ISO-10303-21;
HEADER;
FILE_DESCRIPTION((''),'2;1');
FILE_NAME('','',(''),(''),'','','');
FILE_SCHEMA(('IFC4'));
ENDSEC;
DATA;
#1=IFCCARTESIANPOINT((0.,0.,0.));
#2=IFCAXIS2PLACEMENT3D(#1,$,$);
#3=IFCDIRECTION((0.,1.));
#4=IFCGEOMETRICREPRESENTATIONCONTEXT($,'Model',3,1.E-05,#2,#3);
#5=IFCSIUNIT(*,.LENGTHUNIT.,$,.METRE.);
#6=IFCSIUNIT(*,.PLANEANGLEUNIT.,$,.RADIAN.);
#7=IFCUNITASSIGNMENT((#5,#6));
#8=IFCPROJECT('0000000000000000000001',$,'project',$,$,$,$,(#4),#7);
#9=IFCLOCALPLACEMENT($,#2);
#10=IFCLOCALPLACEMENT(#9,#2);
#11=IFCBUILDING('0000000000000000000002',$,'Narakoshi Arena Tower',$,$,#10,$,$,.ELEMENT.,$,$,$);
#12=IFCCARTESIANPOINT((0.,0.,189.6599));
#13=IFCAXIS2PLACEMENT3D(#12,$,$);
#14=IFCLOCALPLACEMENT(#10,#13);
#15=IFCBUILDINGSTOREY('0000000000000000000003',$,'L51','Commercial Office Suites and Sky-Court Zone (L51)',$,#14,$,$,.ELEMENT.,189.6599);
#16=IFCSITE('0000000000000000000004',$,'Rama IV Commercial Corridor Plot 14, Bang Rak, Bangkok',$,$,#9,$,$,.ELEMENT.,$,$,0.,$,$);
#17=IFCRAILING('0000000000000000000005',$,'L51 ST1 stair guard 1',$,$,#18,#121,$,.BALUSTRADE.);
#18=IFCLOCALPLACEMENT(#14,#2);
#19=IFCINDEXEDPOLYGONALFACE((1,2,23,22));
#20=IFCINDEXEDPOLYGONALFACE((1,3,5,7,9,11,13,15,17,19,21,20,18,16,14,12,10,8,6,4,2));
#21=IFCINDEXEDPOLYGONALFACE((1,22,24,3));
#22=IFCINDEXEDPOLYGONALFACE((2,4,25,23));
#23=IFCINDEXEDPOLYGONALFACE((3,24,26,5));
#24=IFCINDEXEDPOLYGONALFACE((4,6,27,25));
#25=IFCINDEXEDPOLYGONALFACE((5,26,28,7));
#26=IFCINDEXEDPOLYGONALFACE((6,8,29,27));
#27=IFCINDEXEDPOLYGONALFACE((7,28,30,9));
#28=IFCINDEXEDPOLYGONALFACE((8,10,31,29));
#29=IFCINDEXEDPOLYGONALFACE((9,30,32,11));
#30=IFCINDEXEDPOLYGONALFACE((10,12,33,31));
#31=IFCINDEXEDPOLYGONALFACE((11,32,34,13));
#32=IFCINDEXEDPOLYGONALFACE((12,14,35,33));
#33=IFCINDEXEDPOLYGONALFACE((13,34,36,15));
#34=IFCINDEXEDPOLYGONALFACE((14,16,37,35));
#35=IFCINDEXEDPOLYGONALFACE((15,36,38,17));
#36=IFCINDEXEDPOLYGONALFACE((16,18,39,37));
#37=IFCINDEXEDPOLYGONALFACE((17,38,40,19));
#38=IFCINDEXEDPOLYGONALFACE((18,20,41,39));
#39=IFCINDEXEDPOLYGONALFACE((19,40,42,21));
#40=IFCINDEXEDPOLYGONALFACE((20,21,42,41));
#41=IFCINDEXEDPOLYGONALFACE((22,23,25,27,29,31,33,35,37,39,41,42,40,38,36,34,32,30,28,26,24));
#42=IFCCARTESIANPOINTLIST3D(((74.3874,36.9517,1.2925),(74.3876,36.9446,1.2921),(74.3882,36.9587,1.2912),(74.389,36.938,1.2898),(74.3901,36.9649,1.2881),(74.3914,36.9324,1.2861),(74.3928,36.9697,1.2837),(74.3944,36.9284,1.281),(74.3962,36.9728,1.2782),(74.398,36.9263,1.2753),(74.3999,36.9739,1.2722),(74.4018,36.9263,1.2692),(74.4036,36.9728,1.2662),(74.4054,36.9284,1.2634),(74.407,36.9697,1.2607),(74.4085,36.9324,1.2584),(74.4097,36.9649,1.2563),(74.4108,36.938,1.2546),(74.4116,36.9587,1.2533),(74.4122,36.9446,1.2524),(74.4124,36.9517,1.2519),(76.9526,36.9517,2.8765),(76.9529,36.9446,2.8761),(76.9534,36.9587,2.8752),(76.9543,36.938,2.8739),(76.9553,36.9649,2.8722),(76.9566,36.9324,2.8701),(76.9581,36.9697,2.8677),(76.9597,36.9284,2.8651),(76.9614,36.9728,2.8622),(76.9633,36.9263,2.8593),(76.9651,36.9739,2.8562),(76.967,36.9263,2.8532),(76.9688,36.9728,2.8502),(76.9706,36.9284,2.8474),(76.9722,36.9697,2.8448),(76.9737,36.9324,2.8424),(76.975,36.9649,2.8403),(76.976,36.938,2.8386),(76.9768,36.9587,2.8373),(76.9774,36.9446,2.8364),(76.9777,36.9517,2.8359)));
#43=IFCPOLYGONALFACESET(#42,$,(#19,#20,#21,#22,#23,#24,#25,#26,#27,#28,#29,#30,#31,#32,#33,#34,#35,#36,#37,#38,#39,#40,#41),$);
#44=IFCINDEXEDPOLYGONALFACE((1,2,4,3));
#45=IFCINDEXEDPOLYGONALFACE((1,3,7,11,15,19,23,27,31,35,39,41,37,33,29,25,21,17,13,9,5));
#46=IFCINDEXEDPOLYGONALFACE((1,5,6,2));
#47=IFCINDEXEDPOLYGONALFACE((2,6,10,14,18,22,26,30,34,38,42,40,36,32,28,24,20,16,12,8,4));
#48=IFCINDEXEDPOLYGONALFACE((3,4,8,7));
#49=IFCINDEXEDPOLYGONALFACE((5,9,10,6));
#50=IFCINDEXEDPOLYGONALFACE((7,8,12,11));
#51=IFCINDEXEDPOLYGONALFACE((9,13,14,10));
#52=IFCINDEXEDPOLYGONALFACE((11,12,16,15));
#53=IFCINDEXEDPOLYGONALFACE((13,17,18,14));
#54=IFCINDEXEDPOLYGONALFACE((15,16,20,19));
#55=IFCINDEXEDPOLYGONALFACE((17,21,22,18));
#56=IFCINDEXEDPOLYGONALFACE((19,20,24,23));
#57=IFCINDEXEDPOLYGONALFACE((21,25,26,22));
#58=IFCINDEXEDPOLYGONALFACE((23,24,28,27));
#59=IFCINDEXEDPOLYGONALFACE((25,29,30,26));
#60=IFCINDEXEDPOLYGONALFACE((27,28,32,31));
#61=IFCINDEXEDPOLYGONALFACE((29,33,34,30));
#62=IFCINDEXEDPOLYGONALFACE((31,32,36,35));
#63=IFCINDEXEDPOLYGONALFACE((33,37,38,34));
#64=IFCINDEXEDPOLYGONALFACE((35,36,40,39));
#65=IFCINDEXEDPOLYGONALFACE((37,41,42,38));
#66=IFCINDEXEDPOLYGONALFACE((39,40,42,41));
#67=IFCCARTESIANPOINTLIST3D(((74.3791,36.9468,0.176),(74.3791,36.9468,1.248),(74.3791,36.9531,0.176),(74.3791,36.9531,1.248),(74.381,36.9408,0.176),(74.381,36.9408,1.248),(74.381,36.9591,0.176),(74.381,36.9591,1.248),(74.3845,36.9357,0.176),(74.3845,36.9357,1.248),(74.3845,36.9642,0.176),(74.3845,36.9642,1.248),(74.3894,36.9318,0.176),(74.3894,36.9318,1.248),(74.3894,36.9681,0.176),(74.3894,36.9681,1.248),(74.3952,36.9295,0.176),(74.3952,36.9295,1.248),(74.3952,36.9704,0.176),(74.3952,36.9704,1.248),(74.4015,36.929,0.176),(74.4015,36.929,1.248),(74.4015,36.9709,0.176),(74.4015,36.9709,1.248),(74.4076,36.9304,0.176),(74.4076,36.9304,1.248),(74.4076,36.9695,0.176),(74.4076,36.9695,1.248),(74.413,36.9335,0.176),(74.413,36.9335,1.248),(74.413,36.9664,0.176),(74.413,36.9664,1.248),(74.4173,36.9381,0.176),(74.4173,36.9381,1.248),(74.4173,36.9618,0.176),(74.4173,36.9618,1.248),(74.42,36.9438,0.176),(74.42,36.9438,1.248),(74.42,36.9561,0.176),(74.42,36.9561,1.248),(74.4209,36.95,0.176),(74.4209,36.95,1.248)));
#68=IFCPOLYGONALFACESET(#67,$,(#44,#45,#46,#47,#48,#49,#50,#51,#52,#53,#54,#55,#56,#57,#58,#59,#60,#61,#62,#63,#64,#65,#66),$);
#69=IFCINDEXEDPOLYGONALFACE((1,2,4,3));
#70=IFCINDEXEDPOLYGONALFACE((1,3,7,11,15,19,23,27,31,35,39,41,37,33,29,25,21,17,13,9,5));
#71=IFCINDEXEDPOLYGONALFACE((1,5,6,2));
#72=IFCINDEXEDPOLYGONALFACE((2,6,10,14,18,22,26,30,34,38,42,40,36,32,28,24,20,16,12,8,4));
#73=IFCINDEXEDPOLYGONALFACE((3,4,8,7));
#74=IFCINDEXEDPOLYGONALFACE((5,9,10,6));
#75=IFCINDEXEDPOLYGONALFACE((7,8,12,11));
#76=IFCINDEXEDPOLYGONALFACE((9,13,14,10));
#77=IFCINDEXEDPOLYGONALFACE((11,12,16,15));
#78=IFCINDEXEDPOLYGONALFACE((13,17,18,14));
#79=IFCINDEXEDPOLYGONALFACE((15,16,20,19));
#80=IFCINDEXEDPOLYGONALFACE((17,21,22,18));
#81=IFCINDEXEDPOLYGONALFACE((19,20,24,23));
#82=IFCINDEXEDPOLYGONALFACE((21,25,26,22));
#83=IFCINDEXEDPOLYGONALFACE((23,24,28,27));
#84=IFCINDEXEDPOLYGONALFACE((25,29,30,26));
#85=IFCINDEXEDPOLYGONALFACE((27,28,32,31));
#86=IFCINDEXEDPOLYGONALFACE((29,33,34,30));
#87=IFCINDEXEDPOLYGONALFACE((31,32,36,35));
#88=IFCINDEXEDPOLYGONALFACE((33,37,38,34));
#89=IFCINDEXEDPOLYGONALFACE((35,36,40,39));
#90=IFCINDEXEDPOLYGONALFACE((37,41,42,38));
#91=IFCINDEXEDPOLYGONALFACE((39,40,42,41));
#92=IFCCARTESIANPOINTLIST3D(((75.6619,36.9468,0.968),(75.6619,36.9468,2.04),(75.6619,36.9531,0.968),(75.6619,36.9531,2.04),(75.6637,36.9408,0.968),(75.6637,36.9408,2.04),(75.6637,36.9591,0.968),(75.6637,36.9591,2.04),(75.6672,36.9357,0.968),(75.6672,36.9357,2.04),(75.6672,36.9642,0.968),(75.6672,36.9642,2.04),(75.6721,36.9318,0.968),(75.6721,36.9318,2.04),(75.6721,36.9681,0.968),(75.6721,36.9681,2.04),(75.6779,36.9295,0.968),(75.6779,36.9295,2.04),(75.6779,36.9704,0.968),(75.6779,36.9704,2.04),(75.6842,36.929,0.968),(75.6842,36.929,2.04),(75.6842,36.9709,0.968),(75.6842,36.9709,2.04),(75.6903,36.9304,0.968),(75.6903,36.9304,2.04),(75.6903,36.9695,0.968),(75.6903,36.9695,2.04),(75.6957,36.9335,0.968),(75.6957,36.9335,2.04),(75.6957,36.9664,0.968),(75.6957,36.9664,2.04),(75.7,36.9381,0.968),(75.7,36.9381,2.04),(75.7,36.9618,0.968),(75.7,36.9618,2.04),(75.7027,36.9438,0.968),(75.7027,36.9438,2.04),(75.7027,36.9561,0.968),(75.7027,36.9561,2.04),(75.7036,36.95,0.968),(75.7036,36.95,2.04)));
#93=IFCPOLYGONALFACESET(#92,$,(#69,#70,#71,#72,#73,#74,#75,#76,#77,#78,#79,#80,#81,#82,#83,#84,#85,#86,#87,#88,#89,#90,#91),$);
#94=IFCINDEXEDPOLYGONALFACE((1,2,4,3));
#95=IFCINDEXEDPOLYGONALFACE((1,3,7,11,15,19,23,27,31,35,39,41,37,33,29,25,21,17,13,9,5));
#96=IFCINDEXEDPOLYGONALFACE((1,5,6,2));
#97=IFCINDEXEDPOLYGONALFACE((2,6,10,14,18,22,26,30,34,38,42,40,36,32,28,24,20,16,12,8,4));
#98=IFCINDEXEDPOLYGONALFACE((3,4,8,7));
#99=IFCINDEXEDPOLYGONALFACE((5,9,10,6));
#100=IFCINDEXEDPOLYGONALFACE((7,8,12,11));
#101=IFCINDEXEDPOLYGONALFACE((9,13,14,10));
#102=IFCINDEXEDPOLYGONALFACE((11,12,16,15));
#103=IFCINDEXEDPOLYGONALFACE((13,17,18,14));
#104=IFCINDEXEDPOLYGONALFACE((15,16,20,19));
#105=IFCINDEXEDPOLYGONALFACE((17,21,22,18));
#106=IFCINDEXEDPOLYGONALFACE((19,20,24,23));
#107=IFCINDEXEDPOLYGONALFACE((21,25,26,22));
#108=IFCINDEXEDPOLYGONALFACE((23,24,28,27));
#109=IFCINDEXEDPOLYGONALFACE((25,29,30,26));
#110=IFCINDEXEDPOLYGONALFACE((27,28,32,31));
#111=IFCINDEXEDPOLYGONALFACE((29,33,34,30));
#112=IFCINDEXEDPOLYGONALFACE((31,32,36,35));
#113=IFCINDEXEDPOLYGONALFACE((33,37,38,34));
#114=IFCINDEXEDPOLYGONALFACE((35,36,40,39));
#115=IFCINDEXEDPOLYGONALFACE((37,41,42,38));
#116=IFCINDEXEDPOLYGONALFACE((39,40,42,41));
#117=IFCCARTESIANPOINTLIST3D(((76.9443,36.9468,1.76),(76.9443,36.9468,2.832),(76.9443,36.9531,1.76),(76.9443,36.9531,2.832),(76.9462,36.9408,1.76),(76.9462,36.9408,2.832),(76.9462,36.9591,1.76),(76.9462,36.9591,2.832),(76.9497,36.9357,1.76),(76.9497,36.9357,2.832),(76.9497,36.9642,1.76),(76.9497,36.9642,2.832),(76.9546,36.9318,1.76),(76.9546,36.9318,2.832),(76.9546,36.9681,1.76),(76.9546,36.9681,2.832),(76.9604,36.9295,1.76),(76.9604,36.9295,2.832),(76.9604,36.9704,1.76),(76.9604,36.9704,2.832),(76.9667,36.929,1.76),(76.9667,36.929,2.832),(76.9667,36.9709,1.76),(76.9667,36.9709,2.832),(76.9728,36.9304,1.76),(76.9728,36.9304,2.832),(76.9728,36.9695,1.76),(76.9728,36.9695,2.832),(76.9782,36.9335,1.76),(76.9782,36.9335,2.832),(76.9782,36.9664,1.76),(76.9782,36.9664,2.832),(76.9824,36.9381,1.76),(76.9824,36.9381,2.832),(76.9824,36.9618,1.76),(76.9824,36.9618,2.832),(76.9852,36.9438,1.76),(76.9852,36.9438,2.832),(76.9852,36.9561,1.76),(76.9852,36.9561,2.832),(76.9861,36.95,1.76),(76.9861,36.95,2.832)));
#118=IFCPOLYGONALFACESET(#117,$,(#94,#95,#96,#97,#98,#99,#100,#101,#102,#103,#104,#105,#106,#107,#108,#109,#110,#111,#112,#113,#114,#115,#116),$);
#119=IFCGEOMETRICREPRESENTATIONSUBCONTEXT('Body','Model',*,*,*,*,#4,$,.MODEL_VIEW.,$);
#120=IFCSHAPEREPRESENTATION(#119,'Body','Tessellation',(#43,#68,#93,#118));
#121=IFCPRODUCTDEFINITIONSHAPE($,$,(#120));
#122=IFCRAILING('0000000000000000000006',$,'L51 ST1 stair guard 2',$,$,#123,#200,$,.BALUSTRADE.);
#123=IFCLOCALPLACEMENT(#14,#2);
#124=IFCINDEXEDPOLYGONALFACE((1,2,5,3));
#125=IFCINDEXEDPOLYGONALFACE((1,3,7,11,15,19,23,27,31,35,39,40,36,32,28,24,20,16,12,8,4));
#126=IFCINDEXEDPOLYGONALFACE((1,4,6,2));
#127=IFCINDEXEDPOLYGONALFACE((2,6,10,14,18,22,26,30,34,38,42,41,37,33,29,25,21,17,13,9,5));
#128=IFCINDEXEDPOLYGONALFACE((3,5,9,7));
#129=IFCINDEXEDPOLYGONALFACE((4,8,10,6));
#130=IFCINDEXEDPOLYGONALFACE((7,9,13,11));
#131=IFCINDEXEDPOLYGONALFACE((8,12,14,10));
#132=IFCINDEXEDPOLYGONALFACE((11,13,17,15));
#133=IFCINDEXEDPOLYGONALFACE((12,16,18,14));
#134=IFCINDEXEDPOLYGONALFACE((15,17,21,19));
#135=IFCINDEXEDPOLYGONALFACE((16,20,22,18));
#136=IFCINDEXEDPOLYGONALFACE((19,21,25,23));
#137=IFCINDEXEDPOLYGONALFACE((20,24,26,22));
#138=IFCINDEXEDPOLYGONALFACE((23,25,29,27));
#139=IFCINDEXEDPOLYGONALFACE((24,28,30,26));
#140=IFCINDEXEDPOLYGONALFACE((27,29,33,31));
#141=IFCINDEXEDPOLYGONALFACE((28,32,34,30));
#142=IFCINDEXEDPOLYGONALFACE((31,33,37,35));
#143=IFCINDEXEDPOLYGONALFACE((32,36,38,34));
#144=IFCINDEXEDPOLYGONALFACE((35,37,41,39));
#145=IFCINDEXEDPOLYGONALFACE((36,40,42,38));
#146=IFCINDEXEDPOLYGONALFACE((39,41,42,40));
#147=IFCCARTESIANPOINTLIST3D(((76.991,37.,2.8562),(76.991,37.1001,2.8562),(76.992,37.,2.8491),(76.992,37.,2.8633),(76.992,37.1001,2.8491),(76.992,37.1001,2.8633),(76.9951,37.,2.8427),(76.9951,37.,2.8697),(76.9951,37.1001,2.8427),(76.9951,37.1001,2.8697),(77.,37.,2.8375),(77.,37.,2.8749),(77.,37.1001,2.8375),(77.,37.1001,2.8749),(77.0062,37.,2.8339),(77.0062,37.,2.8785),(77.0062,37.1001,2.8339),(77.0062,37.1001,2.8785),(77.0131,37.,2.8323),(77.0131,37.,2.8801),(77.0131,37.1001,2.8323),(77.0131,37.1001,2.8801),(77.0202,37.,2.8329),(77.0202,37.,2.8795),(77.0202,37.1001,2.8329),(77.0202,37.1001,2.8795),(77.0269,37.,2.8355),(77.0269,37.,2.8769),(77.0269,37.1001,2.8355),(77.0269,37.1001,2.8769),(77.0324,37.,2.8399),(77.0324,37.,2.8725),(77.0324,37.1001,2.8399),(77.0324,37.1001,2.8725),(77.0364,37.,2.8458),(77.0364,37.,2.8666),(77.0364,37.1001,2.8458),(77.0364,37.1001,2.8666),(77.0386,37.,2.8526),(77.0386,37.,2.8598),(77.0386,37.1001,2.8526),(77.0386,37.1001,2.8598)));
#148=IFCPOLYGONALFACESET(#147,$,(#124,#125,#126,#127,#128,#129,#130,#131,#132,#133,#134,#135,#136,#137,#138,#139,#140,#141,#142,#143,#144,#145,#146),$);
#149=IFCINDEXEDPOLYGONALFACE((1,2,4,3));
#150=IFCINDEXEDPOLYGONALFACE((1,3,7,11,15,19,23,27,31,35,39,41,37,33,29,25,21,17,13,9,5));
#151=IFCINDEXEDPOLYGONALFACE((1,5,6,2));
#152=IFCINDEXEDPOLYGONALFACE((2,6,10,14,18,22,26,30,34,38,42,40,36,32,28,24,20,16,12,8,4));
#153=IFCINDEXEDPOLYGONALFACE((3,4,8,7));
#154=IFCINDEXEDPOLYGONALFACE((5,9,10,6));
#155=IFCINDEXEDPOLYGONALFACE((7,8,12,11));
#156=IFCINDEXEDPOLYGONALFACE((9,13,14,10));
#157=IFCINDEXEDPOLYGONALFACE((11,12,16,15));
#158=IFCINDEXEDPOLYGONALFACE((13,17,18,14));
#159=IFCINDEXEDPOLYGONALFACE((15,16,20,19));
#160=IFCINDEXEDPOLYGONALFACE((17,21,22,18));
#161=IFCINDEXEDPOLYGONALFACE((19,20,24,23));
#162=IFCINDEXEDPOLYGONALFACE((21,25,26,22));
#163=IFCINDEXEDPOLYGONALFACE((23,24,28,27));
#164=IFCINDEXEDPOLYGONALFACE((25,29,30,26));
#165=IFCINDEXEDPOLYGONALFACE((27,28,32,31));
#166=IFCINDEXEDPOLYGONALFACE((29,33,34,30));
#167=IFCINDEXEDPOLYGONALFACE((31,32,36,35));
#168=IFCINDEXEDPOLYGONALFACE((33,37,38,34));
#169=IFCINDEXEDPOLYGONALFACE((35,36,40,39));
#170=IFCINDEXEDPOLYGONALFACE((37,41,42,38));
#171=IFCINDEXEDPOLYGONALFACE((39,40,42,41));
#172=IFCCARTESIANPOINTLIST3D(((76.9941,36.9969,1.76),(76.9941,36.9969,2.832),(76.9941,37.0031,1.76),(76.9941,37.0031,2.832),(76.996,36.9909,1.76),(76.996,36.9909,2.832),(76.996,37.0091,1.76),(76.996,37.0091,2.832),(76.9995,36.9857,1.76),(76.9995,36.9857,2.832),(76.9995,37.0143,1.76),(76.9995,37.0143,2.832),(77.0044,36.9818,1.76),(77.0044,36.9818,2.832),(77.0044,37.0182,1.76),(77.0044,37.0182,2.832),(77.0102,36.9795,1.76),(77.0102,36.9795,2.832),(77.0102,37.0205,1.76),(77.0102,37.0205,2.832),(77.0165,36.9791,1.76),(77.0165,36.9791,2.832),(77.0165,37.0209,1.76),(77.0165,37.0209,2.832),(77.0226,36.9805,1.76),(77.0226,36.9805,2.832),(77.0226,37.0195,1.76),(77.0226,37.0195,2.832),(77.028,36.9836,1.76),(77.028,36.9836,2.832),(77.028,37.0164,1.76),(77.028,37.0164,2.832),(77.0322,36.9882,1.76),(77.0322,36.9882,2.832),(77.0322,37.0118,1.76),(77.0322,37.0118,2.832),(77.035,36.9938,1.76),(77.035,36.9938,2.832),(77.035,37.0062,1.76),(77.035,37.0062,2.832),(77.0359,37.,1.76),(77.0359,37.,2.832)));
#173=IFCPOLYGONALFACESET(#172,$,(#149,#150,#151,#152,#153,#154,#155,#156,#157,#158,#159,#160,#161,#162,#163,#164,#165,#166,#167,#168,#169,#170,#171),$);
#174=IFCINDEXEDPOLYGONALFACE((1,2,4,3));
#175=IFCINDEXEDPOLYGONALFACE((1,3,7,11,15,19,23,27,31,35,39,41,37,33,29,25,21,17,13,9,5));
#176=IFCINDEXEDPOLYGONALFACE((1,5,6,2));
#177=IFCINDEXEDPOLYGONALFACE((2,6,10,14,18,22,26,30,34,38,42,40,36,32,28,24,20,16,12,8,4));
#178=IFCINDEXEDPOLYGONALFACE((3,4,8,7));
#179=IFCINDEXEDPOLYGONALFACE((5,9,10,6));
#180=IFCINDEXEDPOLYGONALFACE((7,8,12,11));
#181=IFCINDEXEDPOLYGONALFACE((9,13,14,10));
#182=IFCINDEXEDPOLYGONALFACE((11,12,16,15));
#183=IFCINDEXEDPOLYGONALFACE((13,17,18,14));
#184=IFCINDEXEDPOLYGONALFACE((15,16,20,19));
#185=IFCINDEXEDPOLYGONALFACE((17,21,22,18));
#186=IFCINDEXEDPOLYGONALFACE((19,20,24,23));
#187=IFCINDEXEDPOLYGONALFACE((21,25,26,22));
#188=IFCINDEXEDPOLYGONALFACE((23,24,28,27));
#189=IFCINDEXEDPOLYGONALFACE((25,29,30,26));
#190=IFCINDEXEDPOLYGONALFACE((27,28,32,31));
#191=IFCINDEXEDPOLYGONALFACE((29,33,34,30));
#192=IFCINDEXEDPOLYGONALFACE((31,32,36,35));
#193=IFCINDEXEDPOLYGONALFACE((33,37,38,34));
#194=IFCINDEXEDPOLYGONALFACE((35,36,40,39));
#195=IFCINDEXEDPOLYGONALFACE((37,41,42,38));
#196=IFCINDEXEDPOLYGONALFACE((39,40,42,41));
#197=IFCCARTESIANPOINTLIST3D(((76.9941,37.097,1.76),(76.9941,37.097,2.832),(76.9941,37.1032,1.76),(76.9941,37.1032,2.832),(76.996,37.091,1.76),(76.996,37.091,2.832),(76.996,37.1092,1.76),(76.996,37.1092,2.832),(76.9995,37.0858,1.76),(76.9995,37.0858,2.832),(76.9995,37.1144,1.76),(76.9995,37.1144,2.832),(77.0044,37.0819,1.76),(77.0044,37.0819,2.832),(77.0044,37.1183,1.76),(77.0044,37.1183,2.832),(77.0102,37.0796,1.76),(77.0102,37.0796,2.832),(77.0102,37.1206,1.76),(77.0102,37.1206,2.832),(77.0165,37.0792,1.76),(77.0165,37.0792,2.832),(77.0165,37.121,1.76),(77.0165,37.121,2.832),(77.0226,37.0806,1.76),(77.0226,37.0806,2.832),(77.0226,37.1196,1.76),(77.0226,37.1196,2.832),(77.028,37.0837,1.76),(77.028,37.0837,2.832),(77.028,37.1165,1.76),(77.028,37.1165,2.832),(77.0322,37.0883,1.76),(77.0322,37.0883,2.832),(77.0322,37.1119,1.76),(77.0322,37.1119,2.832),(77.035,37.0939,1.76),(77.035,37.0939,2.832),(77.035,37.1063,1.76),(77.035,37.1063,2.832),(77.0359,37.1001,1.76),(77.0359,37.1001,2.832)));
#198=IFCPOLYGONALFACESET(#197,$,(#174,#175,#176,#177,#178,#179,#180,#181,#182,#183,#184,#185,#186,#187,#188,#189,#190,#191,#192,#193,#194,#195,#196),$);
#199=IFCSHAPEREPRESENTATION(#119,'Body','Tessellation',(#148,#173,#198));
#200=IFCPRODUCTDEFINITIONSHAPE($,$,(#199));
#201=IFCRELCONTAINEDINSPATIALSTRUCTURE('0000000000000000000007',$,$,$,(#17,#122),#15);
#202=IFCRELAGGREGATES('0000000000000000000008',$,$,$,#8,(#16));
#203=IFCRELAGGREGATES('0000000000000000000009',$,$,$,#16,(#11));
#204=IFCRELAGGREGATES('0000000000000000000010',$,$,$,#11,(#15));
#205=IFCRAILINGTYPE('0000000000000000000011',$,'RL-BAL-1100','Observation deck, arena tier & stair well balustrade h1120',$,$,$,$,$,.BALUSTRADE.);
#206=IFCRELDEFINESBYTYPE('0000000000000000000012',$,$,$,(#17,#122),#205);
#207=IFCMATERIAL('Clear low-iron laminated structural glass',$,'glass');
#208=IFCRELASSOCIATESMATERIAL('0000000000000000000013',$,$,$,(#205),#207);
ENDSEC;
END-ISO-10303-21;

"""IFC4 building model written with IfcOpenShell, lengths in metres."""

from ifc_helpers import new_model, si_unit, direction, frame, origin, origin_2d, place, context, subcontext, project, spatial, circle, extrude, material, type_object, element, save


model = new_model("IFC4")

# Units and contexts
model_context = context("Model", 3, precision=1e-05, world=origin(), true_north=direction((0.0, 1.0)))
body_context = subcontext(model_context, "Body", "Model", "MODEL_VIEW")
ifc_project = project(units=[si_unit("LENGTHUNIT", "METRE"), si_unit("PLANEANGLEUNIT", "RADIAN")], contexts=[model_context])

# Site, building, storey
site_placement = place(None, origin())
site = spatial("IfcSite", under=ifc_project, at=site_placement, Name="Rama IV Commercial Corridor Plot 14, Bang Rak, Bangkok", CompositionType="ELEMENT", RefElevation=0.0)
building_placement = place(site_placement, origin())
building = spatial("IfcBuilding", under=site, at=building_placement, Name="Narakoshi Arena Tower", CompositionType="ELEMENT")
storey_placement = place(building_placement, frame((0.0, 0.0, 189.6599)))
storey = spatial("IfcBuildingStorey", under=building, at=storey_placement, Name="L51", Description="Commercial Office Suites and Sky-Court Zone (L51)", CompositionType="ELEMENT", Elevation=189.6599)

# Railings
ifc_material_1 = material(Name="Clear low-iron laminated structural glass", Category="glass")
railing_type_1 = type_object("IfcRailingType", Name="RL-BAL-1100", Description="Observation deck, arena tier & stair well balustrade h1120", PredefinedType="BALUSTRADE", material=ifc_material_1)
railing_1_placement = place(storey_placement, frame((74.3999, 36.95, 0.176)))
element("IfcRailing", 1, at=railing_1_placement, inside=storey, type_object=railing_type_1, Name="L51 ST1 stair guard 1", PredefinedType="BALUSTRADE", context=body_context, shape_type="SweptSolid", body=[
    extrude(circle(Radius=0.0239, at=origin_2d()), frame((0.0, 0.0, 1.0962), z_axis=(0.850857, 0.0, 0.525398), x_axis=(0.0, 1.0, 0.0)), (0.0, 0.0, 1.0), 3.0149),
    extrude(circle(Radius=0.021, at=origin_2d()), origin(), (0.0, 0.0, 1.0), 1.072),
    extrude(circle(Radius=0.021, at=origin_2d()), frame((1.2827, 0.0, 0.792)), (0.0, 0.0, 1.0), 1.072),
    extrude(circle(Radius=0.021, at=origin_2d()), frame((2.5652, 0.0, 1.584)), (0.0, 0.0, 1.0), 1.072),
])
railing_2_placement = place(storey_placement, frame((77.0149, 37.0, 1.76)))
element("IfcRailing", 2, at=railing_2_placement, inside=storey, type_object=railing_type_1, Name="L51 ST1 stair guard 2", PredefinedType="BALUSTRADE", context=body_context, shape_type="SweptSolid", body=[
    extrude(circle(Radius=0.0239, at=origin_2d()), frame((0.0, 0.0, 1.0962), z_axis=(0.0, 1.0, 0.0), x_axis=(-1.0, 0.0, 0.0)), (0.0, 0.0, 1.0), 0.1001),
    extrude(circle(Radius=0.021, at=origin_2d()), origin(), (0.0, 0.0, 1.0), 1.072),
    extrude(circle(Radius=0.021, at=origin_2d()), frame((0.0, 0.1001, 0.0)), (0.0, 0.0, 1.0), 1.072),
])

save(model, "model.ifc")
